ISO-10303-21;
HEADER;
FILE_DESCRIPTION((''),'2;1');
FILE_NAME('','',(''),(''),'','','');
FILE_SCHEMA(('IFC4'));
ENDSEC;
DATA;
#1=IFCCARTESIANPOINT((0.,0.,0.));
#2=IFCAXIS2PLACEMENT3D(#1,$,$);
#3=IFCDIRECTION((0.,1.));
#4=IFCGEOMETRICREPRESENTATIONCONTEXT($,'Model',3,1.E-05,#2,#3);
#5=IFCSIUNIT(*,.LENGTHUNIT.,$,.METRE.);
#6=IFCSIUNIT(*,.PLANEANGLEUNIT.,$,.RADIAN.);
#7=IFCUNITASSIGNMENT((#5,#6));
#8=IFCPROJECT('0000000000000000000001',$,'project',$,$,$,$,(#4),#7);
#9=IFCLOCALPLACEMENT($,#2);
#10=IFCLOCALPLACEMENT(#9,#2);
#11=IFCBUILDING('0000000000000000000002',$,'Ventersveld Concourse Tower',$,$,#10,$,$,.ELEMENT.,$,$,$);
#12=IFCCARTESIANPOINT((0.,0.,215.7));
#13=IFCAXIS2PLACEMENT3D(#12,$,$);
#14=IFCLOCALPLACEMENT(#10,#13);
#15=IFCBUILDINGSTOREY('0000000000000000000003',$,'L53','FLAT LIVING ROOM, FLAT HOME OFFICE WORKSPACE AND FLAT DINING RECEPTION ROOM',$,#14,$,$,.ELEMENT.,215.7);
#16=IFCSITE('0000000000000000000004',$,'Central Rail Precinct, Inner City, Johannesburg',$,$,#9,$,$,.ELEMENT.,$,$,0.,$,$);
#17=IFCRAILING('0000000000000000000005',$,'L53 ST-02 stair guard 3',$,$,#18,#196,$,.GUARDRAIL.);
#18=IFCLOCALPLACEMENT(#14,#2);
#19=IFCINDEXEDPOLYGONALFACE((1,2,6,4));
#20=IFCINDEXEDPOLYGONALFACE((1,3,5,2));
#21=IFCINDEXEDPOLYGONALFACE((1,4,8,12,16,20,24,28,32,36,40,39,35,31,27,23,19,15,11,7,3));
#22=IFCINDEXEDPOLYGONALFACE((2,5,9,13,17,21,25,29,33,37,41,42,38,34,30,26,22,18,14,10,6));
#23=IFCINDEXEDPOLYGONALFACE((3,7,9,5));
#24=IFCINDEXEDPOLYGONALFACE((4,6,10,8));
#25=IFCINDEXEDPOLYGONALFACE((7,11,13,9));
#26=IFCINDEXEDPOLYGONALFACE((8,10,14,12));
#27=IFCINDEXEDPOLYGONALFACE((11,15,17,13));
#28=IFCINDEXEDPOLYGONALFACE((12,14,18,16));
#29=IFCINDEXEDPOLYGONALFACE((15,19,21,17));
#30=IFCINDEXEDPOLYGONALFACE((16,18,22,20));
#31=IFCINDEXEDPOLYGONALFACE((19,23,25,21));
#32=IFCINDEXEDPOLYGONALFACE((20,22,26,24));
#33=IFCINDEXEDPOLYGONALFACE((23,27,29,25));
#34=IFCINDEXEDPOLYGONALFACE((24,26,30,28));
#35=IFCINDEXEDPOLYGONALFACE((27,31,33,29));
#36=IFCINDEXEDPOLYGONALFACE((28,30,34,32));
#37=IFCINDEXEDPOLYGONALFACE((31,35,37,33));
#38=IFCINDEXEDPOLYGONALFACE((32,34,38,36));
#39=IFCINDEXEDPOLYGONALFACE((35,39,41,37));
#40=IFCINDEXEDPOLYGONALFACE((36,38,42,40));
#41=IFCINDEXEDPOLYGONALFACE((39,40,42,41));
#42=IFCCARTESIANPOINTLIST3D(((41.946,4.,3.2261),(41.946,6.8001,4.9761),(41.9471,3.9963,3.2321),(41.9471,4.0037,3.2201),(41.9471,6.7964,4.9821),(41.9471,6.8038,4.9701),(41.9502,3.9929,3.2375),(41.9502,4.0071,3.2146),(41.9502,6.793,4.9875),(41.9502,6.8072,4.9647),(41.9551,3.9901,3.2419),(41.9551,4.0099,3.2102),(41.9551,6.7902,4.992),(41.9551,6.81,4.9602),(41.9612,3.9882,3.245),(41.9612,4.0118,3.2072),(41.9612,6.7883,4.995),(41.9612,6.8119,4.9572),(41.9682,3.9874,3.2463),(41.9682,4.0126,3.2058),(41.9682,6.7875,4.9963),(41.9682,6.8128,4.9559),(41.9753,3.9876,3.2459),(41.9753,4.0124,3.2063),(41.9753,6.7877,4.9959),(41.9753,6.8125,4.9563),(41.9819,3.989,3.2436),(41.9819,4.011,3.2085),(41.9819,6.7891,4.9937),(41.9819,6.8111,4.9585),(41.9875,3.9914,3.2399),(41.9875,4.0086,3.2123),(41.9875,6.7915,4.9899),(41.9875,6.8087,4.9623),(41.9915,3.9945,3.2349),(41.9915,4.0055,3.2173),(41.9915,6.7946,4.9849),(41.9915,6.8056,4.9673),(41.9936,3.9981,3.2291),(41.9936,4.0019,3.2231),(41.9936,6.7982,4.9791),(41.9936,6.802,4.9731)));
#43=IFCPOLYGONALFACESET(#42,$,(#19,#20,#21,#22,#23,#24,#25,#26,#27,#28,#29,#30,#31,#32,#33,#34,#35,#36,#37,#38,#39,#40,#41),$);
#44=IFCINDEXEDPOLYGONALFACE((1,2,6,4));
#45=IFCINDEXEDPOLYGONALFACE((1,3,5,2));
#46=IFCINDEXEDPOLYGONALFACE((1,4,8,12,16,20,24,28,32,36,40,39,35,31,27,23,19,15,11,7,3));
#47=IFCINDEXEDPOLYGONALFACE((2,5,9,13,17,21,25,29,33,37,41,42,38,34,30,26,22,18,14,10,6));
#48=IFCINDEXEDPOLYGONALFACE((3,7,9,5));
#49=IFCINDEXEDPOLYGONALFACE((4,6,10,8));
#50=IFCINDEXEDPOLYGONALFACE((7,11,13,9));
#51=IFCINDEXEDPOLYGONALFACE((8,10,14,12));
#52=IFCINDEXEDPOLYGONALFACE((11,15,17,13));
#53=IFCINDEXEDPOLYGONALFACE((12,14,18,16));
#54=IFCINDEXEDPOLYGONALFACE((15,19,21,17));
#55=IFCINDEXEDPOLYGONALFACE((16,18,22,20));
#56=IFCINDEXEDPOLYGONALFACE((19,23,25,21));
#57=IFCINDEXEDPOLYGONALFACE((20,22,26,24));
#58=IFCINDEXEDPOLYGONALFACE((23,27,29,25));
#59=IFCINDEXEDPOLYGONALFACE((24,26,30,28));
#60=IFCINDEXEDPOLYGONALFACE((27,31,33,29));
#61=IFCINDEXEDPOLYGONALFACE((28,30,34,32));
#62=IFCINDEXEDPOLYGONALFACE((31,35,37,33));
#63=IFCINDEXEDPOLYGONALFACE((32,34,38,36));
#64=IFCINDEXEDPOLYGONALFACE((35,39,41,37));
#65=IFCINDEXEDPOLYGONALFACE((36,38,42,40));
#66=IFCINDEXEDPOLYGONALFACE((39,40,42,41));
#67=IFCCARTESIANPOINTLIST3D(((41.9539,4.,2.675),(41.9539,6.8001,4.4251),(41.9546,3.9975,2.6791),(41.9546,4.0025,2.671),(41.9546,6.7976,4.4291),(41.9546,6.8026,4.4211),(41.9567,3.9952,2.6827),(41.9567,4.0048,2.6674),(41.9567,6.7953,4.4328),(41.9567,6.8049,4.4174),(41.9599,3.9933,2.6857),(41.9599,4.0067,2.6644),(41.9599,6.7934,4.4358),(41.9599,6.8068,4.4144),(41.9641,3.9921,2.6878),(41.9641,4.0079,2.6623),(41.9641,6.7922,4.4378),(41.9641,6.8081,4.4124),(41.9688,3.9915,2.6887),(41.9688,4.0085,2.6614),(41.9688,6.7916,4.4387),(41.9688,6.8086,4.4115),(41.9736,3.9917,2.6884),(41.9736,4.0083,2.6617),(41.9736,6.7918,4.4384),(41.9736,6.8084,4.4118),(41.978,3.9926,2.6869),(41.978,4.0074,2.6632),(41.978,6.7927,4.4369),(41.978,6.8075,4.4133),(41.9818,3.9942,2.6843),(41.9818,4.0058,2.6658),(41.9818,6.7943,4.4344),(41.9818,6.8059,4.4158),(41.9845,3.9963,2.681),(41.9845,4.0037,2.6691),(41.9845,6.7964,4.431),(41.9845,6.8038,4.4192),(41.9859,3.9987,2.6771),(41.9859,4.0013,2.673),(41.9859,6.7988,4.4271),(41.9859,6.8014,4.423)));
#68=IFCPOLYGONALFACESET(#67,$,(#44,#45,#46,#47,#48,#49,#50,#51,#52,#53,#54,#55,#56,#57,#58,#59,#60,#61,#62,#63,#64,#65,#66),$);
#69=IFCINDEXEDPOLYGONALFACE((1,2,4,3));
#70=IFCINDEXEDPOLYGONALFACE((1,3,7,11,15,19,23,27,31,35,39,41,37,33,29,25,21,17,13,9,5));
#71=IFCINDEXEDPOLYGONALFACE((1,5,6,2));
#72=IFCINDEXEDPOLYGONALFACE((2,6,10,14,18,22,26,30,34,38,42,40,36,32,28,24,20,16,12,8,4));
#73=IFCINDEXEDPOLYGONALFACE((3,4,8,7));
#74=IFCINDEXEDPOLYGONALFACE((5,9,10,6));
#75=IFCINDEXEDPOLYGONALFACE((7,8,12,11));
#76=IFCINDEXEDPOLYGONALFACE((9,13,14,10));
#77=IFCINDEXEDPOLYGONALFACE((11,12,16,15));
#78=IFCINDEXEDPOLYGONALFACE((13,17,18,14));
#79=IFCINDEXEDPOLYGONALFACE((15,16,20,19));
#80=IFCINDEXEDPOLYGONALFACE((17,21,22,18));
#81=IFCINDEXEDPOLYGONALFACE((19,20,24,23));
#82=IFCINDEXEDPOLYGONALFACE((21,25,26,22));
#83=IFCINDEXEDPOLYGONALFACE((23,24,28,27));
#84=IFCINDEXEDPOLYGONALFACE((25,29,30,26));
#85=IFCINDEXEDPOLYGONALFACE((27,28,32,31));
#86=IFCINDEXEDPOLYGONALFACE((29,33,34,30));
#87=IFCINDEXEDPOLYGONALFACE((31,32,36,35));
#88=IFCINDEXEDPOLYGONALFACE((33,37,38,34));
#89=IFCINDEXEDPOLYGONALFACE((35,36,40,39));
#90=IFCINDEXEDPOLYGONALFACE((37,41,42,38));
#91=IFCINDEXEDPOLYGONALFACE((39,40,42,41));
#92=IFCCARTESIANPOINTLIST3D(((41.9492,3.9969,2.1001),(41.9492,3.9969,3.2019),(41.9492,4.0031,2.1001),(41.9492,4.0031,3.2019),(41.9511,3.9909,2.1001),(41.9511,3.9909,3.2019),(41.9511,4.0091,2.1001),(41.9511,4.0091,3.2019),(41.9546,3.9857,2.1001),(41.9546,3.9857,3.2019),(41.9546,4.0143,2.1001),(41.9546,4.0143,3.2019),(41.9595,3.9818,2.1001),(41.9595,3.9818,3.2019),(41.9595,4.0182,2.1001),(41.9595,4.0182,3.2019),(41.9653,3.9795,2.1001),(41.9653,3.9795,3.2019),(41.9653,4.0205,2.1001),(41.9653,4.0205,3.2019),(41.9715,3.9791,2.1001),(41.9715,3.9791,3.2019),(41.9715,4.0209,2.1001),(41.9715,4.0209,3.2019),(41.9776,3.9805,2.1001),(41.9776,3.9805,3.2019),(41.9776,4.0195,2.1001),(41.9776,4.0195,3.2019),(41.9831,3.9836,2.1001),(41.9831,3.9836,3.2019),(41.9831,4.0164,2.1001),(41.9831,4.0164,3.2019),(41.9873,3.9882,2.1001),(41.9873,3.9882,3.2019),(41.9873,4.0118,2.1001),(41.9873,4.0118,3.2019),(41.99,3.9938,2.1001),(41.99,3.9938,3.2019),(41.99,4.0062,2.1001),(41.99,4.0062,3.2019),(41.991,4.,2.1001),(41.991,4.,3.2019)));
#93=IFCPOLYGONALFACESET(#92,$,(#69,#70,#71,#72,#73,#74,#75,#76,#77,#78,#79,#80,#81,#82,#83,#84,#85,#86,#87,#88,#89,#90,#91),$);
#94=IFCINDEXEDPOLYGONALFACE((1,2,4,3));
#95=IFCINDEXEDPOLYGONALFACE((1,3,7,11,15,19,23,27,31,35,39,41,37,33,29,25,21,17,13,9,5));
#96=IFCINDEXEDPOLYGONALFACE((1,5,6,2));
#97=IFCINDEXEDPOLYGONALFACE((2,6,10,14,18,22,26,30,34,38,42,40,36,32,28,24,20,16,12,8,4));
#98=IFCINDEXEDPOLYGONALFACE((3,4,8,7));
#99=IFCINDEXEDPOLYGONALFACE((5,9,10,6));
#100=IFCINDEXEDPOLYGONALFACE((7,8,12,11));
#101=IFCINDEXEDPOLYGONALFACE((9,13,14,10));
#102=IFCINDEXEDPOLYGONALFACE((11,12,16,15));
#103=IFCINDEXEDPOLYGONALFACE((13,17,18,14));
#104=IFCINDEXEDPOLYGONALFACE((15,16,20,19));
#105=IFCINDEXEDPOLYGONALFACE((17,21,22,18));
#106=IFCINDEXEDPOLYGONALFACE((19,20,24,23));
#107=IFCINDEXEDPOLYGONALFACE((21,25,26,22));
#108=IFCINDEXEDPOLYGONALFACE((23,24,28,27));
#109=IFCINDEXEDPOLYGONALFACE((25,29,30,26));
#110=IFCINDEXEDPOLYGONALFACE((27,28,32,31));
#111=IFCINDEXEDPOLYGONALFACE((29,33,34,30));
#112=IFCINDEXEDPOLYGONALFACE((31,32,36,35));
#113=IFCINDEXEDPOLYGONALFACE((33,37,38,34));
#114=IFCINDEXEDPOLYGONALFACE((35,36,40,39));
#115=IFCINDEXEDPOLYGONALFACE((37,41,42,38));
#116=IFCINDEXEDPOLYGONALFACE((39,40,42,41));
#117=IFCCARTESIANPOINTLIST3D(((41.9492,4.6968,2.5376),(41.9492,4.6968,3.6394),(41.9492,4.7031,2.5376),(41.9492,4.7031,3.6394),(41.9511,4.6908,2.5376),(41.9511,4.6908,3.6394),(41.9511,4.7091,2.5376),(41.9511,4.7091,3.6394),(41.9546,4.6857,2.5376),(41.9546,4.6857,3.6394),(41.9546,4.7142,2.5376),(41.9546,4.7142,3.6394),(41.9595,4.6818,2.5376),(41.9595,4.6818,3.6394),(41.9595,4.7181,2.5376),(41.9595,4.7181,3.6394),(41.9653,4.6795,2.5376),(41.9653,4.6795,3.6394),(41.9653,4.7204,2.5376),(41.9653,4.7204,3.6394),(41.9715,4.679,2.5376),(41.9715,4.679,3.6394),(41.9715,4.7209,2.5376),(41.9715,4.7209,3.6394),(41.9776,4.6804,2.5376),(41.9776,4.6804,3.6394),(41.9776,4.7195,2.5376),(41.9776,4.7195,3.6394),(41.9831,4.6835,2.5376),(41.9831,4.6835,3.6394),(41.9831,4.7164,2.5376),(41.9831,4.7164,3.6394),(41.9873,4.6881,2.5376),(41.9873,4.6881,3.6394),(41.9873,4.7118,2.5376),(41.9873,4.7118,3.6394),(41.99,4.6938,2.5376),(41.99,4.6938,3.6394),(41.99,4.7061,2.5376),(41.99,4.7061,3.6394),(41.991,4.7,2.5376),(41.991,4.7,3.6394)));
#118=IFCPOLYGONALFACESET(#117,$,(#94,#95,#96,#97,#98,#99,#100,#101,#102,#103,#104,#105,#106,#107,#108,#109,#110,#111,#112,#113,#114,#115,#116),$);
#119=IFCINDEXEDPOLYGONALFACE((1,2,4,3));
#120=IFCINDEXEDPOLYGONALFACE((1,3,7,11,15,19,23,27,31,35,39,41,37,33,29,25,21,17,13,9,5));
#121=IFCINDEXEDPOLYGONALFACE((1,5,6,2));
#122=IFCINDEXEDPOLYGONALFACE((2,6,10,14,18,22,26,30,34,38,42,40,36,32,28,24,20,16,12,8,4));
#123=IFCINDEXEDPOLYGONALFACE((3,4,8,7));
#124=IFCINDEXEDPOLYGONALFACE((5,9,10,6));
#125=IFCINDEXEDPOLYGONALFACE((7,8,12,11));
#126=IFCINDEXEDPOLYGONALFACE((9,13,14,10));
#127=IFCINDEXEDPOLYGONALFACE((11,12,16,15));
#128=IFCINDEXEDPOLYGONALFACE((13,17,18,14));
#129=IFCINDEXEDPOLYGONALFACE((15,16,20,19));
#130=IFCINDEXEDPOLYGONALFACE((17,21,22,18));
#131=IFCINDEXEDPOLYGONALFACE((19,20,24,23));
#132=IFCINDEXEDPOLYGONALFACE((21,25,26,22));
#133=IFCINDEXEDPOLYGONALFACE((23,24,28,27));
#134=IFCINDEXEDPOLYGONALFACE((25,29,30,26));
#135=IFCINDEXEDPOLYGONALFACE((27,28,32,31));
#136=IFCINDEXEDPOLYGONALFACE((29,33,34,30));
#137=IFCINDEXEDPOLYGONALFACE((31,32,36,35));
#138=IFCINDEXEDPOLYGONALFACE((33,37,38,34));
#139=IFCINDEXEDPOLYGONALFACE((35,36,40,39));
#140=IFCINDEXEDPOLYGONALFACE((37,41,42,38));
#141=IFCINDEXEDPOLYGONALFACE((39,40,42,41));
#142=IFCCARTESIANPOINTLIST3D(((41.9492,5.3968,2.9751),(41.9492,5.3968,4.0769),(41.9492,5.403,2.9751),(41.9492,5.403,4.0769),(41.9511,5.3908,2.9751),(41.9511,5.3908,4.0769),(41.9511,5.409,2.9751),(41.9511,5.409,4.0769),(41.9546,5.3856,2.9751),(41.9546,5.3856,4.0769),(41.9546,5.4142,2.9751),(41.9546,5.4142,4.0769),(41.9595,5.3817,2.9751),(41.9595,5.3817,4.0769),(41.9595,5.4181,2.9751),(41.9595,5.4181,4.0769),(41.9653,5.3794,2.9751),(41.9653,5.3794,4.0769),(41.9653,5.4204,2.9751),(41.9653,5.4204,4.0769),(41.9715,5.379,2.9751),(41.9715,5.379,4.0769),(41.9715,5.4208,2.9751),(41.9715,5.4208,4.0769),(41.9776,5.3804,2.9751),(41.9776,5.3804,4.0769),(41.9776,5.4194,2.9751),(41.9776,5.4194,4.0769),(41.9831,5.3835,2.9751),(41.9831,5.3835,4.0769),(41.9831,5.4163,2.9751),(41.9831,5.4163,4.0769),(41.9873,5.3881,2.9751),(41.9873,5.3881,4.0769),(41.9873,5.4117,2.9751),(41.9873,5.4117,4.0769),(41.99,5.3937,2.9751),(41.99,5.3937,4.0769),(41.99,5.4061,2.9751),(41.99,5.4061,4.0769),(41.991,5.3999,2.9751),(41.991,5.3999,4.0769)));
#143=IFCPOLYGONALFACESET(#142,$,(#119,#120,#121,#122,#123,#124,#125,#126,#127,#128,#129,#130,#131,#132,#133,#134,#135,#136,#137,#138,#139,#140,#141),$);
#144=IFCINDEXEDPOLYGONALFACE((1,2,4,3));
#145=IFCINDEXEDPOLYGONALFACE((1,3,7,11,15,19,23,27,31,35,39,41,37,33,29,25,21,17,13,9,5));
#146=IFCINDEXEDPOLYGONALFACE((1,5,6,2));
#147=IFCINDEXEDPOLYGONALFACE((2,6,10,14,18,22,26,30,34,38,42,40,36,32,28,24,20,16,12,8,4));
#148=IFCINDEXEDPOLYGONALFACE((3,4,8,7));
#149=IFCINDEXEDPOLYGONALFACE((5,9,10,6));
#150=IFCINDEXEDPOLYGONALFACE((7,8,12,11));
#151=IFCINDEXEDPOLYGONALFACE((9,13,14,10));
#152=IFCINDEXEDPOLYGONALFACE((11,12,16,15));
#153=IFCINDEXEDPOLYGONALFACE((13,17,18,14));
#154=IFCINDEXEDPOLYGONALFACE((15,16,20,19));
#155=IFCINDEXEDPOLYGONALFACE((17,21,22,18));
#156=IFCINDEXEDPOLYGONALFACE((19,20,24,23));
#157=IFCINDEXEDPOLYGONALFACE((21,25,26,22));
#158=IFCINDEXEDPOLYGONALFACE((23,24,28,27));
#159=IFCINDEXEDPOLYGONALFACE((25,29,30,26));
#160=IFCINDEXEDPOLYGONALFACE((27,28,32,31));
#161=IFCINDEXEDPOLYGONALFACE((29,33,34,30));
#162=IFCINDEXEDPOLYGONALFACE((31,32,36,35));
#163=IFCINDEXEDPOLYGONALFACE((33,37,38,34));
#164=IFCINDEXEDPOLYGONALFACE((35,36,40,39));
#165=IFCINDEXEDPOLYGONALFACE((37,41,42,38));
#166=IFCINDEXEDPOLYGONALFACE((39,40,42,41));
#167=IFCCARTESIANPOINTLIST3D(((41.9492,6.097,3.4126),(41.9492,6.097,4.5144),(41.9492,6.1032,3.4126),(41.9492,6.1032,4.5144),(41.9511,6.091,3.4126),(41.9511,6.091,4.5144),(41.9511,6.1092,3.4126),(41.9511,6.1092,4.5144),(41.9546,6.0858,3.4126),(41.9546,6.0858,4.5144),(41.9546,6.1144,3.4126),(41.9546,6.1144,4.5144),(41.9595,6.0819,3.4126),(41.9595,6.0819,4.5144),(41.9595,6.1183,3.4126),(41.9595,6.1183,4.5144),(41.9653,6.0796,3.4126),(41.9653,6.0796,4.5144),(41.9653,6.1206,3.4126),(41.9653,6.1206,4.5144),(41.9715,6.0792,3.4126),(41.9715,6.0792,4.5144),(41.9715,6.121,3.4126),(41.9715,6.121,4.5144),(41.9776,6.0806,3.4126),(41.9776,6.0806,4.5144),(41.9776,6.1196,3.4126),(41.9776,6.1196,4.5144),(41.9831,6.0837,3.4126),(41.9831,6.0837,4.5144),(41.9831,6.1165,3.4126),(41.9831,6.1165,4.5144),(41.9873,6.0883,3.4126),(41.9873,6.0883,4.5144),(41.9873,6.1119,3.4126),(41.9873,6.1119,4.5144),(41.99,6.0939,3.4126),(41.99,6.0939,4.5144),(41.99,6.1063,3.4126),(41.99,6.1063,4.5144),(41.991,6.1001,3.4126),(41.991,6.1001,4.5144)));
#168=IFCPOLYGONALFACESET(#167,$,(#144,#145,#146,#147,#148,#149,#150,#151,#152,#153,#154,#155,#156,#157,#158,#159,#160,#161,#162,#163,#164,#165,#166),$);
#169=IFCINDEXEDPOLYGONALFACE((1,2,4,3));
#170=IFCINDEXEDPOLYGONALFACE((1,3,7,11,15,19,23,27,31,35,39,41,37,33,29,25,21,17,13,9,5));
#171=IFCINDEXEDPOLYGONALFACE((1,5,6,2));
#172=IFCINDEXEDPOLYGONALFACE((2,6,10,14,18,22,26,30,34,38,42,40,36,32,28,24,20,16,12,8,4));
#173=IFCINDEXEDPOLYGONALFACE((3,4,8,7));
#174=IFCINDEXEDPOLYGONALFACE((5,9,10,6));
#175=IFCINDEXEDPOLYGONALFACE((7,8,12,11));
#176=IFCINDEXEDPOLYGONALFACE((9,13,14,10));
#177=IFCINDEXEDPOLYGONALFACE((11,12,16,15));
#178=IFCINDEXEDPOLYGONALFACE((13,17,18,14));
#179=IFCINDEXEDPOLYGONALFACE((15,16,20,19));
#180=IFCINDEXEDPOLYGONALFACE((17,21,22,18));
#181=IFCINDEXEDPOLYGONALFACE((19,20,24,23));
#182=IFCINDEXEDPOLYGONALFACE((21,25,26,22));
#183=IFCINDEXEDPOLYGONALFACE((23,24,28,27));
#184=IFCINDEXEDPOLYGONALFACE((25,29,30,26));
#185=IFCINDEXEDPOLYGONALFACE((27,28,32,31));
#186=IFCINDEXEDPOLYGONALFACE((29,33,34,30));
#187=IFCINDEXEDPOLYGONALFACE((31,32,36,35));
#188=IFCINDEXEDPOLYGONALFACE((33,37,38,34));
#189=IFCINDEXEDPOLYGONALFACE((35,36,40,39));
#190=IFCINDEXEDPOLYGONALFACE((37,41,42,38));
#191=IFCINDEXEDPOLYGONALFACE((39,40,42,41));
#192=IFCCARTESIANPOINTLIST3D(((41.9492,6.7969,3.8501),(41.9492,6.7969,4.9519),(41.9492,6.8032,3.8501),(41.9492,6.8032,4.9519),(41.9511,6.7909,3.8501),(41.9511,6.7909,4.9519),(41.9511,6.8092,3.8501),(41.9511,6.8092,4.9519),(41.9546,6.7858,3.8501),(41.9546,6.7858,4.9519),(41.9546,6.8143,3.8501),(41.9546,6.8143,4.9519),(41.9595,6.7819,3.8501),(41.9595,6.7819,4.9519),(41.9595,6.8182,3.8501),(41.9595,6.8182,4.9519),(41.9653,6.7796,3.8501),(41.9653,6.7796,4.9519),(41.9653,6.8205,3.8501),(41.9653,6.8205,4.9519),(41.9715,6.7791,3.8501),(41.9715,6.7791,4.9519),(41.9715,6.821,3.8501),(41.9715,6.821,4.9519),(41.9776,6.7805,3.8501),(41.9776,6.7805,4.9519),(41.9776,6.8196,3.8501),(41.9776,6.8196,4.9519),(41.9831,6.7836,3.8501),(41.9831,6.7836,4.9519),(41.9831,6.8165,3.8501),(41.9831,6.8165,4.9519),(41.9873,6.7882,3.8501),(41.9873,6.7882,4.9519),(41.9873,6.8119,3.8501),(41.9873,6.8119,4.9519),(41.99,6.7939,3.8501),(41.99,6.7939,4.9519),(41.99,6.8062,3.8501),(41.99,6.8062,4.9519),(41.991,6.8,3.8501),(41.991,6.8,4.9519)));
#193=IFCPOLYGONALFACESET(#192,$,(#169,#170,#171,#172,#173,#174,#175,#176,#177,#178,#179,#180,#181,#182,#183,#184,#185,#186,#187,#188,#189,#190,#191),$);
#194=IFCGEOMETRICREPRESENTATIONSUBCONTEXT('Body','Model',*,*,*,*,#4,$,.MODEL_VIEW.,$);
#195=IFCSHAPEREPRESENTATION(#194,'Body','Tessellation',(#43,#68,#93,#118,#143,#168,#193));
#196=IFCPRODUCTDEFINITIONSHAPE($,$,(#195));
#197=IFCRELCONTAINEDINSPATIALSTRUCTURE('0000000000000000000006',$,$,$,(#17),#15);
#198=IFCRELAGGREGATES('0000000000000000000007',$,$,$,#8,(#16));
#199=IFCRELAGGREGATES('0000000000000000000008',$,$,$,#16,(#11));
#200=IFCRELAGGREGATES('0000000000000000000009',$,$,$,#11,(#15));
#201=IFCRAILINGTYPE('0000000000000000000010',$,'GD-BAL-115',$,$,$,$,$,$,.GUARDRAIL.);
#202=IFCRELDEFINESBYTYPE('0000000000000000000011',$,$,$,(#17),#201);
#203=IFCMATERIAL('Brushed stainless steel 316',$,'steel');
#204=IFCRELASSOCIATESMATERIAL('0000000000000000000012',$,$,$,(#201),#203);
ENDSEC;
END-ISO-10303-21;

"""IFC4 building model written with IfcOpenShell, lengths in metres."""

from ifc_helpers import new_model, si_unit, direction, frame, origin, origin_2d, place, context, subcontext, project, spatial, circle, extrude, material, type_object, element, save


model = new_model("IFC4")

# Units and contexts
model_context = context("Model", 3, precision=1e-05, world=origin(), true_north=direction((0.0, 1.0)))
body_context = subcontext(model_context, "Body", "Model", "MODEL_VIEW")
ifc_project = project(units=[si_unit("LENGTHUNIT", "METRE"), si_unit("PLANEANGLEUNIT", "RADIAN")], contexts=[model_context])

# Site, building, storey
site_placement = place(None, origin())
site = spatial("IfcSite", under=ifc_project, at=site_placement, Name="Central Rail Precinct, Inner City, Johannesburg", CompositionType="ELEMENT", RefElevation=0.0)
building_placement = place(site_placement, origin())
building = spatial("IfcBuilding", under=site, at=building_placement, Name="Ventersveld Concourse Tower", CompositionType="ELEMENT")
storey_placement = place(building_placement, frame((0.0, 0.0, 215.7)))
storey = spatial("IfcBuildingStorey", under=building, at=storey_placement, Name="L53", Description="FLAT LIVING ROOM, FLAT HOME OFFICE WORKSPACE AND FLAT DINING RECEPTION ROOM", CompositionType="ELEMENT", Elevation=215.7)

# Shared definitions
ifc_material_1 = material(Name="Brushed stainless steel 316", Category="steel")

# Railing
railing_type_1 = type_object("IfcRailingType", Name="GD-BAL-115", PredefinedType="GUARDRAIL", material=ifc_material_1)
railing_1_placement = place(storey_placement, frame((41.97, 4.0, 2.1001)))
element("IfcRailing", 1, at=railing_1_placement, inside=storey, type_object=railing_type_1, Name="L53 ST-02 stair guard 3", PredefinedType="GUARDRAIL", context=body_context, shape_type="SweptSolid", body=[
    extrude(circle(Radius=0.0239, at=origin_2d()), frame((0.0, 0.0, 1.126), z_axis=(0.0, 0.848002, 0.529992), x_axis=(-1.0, 0.0, 0.0)), (0.0, 0.0, 1.0), 3.302),
    extrude(circle(Radius=0.0161, at=origin_2d()), frame((0.0, 0.0, 0.575), z_axis=(0.0, 0.848002, 0.529992), x_axis=(-1.0, 0.0, 0.0)), (0.0, 0.0, 1.0), 3.302),
    extrude(circle(Radius=0.021, at=origin_2d()), origin(), (0.0, 0.0, 1.0), 1.1018),
    extrude(circle(Radius=0.021, at=origin_2d()), frame((0.0, 0.7, 0.4375)), (0.0, 0.0, 1.0), 1.1018),
    extrude(circle(Radius=0.021, at=origin_2d()), frame((0.0, 1.3999, 0.875)), (0.0, 0.0, 1.0), 1.1018),
    extrude(circle(Radius=0.021, at=origin_2d()), frame((0.0, 2.1001, 1.3125)), (0.0, 0.0, 1.0), 1.1018),
    extrude(circle(Radius=0.021, at=origin_2d()), frame((0.0, 2.8, 1.75)), (0.0, 0.0, 1.0), 1.1018),
])

save(model, "model.ifc")
